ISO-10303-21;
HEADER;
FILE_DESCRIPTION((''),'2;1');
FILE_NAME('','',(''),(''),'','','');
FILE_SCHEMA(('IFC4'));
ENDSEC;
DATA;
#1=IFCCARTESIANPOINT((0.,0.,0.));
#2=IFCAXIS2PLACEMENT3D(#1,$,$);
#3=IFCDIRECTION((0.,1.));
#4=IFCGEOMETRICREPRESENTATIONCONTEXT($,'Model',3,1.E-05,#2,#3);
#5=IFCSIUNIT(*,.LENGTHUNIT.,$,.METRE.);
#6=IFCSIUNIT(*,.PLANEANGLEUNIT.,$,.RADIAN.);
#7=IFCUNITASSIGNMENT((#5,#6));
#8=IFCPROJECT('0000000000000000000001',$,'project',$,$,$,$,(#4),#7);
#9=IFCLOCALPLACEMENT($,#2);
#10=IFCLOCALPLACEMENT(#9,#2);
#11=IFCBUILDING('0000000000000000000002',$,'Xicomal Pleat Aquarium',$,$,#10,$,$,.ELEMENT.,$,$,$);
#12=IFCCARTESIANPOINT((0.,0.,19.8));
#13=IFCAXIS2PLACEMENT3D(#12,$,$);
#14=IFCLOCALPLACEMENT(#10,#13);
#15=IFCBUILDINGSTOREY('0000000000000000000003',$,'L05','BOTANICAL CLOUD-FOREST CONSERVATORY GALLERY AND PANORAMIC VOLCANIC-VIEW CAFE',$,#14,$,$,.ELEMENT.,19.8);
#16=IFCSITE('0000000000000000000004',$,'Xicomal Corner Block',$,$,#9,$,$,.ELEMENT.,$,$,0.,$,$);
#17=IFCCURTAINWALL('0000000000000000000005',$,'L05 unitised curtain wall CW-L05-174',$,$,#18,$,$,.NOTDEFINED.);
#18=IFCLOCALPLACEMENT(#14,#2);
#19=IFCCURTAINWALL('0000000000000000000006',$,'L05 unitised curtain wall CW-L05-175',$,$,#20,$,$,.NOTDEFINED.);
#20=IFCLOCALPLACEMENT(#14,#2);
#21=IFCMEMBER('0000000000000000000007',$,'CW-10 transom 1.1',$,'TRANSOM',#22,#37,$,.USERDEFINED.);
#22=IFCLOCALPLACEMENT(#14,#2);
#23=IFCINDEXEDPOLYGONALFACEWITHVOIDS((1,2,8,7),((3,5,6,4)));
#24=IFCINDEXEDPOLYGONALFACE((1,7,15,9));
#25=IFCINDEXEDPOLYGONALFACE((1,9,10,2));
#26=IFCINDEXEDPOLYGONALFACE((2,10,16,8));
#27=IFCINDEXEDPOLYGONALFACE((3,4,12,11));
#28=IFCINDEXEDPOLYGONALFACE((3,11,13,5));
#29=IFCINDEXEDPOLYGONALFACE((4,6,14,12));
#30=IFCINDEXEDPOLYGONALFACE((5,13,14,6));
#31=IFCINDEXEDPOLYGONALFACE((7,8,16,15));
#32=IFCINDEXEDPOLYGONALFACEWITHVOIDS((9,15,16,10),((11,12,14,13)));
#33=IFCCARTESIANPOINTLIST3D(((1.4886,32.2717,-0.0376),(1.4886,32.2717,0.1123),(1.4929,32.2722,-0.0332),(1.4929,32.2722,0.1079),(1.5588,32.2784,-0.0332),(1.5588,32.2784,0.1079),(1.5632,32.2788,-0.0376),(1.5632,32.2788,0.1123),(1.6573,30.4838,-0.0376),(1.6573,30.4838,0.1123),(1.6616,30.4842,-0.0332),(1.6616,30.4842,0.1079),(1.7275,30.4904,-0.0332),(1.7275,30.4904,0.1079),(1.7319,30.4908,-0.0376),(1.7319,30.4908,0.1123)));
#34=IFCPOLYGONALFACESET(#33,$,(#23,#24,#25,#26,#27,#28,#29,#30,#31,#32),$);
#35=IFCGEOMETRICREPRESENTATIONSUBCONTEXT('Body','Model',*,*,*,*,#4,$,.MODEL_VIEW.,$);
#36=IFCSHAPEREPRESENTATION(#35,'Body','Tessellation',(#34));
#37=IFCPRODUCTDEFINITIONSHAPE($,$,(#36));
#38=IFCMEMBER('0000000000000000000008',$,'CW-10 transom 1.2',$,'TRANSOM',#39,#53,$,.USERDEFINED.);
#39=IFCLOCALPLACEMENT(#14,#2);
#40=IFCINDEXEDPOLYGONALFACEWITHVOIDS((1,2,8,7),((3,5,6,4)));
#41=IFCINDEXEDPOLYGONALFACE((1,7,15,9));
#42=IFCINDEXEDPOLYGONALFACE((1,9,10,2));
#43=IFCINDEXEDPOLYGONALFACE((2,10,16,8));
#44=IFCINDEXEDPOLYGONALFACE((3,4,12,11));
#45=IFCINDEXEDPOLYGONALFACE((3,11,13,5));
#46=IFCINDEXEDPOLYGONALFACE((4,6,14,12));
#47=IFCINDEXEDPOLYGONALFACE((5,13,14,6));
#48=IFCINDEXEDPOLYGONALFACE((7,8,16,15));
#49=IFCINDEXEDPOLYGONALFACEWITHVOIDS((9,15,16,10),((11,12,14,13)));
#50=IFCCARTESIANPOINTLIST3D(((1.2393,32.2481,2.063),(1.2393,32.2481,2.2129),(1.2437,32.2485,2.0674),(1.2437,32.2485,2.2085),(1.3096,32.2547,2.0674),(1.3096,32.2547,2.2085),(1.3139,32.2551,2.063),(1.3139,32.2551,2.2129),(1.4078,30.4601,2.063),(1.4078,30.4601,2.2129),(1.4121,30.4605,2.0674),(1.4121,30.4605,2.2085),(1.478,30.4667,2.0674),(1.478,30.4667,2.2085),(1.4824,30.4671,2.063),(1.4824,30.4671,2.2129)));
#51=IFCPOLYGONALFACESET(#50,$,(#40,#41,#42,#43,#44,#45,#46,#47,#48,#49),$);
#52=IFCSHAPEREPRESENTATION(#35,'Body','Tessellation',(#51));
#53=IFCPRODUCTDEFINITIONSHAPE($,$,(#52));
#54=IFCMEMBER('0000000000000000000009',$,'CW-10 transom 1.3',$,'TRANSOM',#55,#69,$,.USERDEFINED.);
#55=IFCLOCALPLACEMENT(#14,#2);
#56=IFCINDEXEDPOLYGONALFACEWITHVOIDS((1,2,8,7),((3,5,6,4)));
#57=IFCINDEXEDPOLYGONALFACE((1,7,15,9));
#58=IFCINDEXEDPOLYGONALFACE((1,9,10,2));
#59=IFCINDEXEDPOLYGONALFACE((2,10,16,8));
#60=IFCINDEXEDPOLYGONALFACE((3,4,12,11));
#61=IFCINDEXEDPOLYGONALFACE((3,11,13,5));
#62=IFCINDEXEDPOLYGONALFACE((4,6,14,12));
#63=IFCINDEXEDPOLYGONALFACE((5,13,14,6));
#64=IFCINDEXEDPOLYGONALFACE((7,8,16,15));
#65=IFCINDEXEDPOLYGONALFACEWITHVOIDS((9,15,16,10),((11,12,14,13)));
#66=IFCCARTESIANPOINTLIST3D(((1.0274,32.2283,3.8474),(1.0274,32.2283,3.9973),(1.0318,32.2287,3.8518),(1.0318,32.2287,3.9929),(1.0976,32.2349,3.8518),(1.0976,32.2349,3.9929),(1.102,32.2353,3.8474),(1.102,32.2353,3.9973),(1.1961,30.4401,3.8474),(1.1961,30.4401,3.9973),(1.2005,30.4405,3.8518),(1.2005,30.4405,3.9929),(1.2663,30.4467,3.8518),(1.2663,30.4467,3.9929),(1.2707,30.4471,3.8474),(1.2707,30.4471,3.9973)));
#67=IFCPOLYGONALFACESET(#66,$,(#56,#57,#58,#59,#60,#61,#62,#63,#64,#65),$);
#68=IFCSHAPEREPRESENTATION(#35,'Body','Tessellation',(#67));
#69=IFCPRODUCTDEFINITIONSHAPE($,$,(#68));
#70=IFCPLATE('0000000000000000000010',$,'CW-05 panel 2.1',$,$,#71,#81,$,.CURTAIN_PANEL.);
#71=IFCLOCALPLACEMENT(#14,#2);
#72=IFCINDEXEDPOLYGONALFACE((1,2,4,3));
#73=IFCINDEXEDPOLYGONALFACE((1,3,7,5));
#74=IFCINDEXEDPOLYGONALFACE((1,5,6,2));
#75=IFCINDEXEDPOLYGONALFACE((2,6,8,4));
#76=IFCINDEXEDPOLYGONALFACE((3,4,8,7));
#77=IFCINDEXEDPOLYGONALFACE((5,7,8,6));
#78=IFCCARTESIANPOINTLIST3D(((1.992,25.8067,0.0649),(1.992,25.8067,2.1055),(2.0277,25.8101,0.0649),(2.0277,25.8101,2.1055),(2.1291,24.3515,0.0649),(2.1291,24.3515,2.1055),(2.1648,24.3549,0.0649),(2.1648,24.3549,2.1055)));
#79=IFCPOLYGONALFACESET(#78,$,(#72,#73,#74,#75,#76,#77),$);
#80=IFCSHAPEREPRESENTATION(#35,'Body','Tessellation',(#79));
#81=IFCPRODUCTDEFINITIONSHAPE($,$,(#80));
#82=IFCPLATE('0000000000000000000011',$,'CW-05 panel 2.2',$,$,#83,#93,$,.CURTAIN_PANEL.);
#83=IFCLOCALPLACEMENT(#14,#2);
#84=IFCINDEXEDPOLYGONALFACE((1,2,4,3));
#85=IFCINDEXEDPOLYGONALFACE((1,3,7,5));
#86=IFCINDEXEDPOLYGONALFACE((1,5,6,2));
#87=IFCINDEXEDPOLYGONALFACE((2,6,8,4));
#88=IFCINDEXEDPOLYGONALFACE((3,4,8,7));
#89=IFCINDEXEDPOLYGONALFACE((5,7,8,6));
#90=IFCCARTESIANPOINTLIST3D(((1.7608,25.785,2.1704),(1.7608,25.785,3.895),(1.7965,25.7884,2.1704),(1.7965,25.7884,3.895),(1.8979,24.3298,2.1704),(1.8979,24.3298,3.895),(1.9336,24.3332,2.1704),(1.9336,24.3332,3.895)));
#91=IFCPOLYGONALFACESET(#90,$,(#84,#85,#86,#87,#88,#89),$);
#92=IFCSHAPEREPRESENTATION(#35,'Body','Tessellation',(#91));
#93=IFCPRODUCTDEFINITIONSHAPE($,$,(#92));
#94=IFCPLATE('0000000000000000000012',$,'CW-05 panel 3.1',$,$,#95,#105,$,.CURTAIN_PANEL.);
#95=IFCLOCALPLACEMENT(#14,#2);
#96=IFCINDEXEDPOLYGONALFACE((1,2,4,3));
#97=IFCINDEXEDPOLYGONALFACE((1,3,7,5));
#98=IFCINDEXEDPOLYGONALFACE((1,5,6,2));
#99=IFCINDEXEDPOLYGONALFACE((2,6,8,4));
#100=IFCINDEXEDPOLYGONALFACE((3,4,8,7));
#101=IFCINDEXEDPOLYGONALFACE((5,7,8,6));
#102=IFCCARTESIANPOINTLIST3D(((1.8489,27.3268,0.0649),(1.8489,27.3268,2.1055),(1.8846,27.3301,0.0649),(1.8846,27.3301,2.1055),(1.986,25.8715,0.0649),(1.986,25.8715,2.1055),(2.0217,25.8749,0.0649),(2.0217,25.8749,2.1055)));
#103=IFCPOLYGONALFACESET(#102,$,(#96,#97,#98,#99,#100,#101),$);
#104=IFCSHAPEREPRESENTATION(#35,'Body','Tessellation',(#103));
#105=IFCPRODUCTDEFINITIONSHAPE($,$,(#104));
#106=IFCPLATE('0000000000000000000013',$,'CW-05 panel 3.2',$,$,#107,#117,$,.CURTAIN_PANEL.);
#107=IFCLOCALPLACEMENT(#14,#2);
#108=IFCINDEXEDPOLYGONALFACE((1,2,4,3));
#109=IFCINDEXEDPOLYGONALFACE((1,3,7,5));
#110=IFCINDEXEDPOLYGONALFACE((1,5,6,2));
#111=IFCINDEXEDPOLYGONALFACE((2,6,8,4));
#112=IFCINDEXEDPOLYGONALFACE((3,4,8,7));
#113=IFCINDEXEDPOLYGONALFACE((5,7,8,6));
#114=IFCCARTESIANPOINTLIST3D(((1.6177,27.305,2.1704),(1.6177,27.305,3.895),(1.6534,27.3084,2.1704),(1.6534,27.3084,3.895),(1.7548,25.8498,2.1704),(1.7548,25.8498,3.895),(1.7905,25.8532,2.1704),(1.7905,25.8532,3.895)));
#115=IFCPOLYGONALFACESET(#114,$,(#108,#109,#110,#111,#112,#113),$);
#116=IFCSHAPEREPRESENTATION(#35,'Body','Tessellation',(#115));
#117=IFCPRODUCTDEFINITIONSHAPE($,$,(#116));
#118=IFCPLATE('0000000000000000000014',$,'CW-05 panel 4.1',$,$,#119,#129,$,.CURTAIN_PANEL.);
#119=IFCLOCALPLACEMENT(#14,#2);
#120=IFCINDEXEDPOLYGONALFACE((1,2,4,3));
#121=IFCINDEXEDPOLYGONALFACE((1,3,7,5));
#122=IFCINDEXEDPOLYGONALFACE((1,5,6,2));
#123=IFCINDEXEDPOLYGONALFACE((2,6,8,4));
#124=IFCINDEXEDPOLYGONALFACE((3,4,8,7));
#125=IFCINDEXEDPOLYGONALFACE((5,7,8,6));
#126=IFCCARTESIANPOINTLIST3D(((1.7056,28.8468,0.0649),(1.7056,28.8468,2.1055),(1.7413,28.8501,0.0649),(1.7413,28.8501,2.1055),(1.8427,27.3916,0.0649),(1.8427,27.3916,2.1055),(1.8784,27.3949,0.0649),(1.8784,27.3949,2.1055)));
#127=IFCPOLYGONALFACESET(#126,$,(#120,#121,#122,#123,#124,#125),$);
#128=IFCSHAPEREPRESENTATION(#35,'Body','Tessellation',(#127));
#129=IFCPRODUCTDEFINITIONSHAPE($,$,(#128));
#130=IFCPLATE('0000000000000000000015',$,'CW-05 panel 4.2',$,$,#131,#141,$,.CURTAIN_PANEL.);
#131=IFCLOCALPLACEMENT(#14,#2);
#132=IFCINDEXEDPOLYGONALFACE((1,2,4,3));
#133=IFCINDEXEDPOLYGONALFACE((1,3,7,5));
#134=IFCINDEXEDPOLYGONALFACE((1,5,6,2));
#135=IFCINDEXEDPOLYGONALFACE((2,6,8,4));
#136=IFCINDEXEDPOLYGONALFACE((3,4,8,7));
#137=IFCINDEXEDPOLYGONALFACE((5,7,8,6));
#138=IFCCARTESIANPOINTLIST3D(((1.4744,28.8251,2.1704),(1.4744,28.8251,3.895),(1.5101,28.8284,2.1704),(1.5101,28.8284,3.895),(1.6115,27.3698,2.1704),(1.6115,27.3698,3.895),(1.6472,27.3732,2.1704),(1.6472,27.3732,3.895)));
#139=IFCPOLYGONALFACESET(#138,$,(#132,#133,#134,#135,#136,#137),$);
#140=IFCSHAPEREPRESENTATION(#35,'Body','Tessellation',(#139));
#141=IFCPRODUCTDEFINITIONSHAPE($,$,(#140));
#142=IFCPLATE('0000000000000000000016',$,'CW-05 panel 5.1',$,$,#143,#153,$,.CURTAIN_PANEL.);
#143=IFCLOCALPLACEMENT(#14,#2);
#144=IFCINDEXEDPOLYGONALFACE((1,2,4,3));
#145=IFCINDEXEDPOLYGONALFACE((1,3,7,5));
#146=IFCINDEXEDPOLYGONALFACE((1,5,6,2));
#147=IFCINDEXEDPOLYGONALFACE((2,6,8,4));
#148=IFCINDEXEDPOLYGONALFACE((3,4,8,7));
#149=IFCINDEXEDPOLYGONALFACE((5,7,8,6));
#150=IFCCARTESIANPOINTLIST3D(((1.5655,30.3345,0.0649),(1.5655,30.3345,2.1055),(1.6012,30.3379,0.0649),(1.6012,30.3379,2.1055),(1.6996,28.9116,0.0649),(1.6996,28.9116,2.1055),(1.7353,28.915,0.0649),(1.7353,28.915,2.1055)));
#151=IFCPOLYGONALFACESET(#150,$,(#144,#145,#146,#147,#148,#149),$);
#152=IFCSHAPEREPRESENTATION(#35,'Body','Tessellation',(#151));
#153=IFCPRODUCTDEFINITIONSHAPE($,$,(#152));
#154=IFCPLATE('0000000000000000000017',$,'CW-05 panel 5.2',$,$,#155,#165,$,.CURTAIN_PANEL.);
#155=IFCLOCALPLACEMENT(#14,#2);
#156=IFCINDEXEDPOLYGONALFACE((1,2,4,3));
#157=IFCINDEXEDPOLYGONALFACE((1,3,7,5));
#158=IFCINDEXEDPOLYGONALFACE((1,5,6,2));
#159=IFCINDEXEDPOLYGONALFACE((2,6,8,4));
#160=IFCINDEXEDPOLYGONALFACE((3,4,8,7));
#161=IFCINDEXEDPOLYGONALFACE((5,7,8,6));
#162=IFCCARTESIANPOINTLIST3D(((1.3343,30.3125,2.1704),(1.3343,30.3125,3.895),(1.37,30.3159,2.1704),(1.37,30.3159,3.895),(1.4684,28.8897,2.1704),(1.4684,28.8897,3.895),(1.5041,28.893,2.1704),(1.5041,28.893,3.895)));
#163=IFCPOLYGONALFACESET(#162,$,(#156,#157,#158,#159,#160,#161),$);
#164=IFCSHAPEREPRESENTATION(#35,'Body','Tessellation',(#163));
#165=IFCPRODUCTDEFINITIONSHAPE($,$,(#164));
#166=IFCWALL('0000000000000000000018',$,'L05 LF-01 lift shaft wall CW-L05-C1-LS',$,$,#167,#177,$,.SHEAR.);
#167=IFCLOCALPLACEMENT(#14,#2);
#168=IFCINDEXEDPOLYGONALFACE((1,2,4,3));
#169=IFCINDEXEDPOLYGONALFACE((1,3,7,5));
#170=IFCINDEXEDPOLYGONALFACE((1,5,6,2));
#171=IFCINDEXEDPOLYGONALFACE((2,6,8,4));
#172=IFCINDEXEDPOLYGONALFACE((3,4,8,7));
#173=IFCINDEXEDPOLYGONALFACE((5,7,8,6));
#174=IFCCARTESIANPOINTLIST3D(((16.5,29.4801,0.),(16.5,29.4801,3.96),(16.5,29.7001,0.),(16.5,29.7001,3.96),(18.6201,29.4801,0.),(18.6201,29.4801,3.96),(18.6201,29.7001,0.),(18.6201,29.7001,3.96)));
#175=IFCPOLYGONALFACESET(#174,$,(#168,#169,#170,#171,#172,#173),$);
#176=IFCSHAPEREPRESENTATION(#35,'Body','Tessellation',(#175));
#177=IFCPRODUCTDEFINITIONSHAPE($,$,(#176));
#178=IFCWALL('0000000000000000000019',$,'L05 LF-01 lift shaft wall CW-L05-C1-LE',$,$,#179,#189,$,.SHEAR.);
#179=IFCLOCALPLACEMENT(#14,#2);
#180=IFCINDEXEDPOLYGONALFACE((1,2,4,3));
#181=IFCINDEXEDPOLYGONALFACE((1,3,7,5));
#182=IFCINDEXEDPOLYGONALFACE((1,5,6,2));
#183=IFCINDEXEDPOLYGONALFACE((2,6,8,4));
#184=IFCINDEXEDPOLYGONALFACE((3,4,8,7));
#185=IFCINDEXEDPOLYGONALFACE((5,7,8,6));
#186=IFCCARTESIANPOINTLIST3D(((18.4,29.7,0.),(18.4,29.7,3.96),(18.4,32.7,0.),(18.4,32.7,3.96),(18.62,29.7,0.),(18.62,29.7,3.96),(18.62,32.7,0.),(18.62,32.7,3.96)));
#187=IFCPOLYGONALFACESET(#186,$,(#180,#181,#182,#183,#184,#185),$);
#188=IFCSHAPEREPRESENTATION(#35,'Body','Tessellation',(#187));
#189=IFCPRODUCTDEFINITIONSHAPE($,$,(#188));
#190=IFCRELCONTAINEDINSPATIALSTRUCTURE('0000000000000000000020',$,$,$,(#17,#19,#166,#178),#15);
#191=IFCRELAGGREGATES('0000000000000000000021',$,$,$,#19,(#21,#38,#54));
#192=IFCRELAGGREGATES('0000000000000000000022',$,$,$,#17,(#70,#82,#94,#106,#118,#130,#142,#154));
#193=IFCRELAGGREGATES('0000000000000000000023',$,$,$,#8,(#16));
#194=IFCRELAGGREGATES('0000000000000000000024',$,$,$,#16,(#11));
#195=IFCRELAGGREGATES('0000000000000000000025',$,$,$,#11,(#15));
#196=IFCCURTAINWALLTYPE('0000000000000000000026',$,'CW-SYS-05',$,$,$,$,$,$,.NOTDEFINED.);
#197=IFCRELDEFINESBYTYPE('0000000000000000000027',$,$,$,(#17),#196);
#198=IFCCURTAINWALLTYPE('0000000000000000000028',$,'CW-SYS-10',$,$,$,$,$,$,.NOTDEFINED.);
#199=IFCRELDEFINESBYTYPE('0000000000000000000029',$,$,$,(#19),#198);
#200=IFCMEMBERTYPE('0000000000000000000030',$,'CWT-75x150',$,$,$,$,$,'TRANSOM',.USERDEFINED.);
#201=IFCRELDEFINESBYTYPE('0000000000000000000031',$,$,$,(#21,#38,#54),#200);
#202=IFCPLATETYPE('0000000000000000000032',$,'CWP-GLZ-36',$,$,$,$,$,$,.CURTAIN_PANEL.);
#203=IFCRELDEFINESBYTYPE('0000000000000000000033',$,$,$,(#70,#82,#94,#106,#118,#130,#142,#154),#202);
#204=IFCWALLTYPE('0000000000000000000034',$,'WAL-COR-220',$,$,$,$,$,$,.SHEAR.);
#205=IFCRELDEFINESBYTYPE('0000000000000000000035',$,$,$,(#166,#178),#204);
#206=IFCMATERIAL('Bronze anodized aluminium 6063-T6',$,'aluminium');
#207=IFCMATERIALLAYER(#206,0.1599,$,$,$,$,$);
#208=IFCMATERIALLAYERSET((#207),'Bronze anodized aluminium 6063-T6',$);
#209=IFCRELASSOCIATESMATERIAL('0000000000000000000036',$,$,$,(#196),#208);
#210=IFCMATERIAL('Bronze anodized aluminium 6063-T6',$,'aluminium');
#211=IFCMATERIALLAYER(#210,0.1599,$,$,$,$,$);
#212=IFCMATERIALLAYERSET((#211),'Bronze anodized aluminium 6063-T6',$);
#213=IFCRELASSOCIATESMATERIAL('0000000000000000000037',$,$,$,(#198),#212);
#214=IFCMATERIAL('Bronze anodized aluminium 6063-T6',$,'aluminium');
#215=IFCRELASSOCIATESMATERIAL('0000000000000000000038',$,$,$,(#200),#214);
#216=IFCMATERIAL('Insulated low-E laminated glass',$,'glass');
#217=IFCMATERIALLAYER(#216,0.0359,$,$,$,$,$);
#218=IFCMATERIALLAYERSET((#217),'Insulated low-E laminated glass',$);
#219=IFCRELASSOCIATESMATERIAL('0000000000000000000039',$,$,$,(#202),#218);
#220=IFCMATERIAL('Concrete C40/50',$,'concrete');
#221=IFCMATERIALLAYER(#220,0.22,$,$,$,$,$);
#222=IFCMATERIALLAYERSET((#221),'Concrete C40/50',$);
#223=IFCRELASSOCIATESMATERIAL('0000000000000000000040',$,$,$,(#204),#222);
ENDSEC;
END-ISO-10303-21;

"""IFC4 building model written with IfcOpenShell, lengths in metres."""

from ifc_helpers import new_model, si_unit, direction, frame, frame_2d, origin, origin_2d, place, context, subcontext, project, spatial, rectangle, hollow_rectangle, extrude, material, layer, layer_set, material_profile, profile_set, type_object, element, aggregate, save


model = new_model("IFC4")

# Units and contexts
model_context = context("Model", 3, precision=1e-05, world=origin(), true_north=direction((0.0, 1.0)))
body_context = subcontext(model_context, "Body", "Model", "MODEL_VIEW")
ifc_project = project(units=[si_unit("LENGTHUNIT", "METRE"), si_unit("PLANEANGLEUNIT", "RADIAN")], contexts=[model_context])

# Site, building, storey
site_placement = place(None, origin())
site = spatial("IfcSite", under=ifc_project, at=site_placement, Name="Xicomal Corner Block", CompositionType="ELEMENT", RefElevation=0.0)
building_placement = place(site_placement, origin())
building = spatial("IfcBuilding", under=site, at=building_placement, Name="Xicomal Pleat Aquarium", CompositionType="ELEMENT")
storey_placement = place(building_placement, frame((0.0, 0.0, 19.8)))
storey = spatial("IfcBuildingStorey", under=building, at=storey_placement, Name="L05", Description="BOTANICAL CLOUD-FOREST CONSERVATORY GALLERY AND PANORAMIC VOLCANIC-VIEW CAFE", CompositionType="ELEMENT", Elevation=19.8)

# Curtain walls, members
ifc_material_1 = material(Name="Bronze anodized aluminium 6063-T6", Category="aluminium")
ifc_layer_1 = layer(ifc_material_1, 0.1599)
ifc_layer_set_1 = layer_set([ifc_layer_1], Name="Bronze anodized aluminium 6063-T6")
curtain_wall_type_1 = type_object("IfcCurtainWallType", Name="CW-SYS-05", PredefinedType="NOTDEFINED", material=ifc_layer_set_1)
curtain_wall_1_placement = place(storey_placement, origin())
curtain_wall_1 = element("IfcCurtainWall", 1, at=curtain_wall_1_placement, inside=storey, type_object=curtain_wall_type_1, Name="L05 unitised curtain wall CW-L05-174", PredefinedType="NOTDEFINED")
ifc_material_2 = material(Name="Bronze anodized aluminium 6063-T6", Category="aluminium")
ifc_layer_2 = layer(ifc_material_2, 0.1599)
ifc_layer_set_2 = layer_set([ifc_layer_2], Name="Bronze anodized aluminium 6063-T6")
curtain_wall_type_2 = type_object("IfcCurtainWallType", Name="CW-SYS-10", PredefinedType="NOTDEFINED", material=ifc_layer_set_2)
curtain_wall_2_placement = place(storey_placement, origin())
curtain_wall_2 = element("IfcCurtainWall", 2, at=curtain_wall_2_placement, inside=storey, type_object=curtain_wall_type_2, Name="L05 unitised curtain wall CW-L05-175", PredefinedType="NOTDEFINED")
ifc_material_3 = material(Name="Bronze anodized aluminium 6063-T6", Category="aluminium")
ifc_material_profile_1 = material_profile(ifc_material_3, hollow_rectangle(XDim=0.075, YDim=0.1499, WallThickness=0.0044, at=origin_2d()), Name="ALU TRAN 75x150")
ifc_profile_set_1 = profile_set([ifc_material_profile_1], Name="Bronze anodized aluminium 6063-T6")
member_type_1 = type_object("IfcMemberType", Name="CWT-75x150", ElementType="TRANSOM", PredefinedType="USERDEFINED", material=ifc_profile_set_1)
member_1_placement = place(storey_placement, frame((1.6946, 30.4873, 0.0374), z_axis=(-0.093943, 0.995578, 0.0), x_axis=(-0.995578, -0.093943, 0.0)))
member_1 = element("IfcMember", 3, at=member_1_placement, type_object=member_type_1, Name="CW-10 transom 1.1", ObjectType="TRANSOM", PredefinedType="USERDEFINED", context=body_context, shape_type="SweptSolid", body=[
    extrude(hollow_rectangle(XDim=0.075, YDim=0.1499, WallThickness=0.0044, at=origin_2d()), origin(), (0.0, 0.0, 1.0), 1.7959),
])
member_2_placement = place(storey_placement, frame((1.4451, 30.4636, 2.1379), z_axis=(-0.093795, 0.995591, 0.0), x_axis=(-0.995591, -0.093795, 0.0)))
member_2 = element("IfcMember", 4, at=member_2_placement, type_object=member_type_1, Name="CW-10 transom 1.2", ObjectType="TRANSOM", PredefinedType="USERDEFINED", context=body_context, shape_type="SweptSolid", body=[
    extrude(hollow_rectangle(XDim=0.075, YDim=0.1499, WallThickness=0.0044, at=origin_2d()), origin(), (0.0, 0.0, 1.0), 1.7959),
])
member_3_placement = place(storey_placement, frame((1.2334, 30.4436, 3.9224), z_axis=(-0.09393, 0.995579, 0.0), x_axis=(-0.995579, -0.09393, 0.0)))
member_3 = element("IfcMember", 5, at=member_3_placement, type_object=member_type_1, Name="CW-10 transom 1.3", ObjectType="TRANSOM", PredefinedType="USERDEFINED", context=body_context, shape_type="SweptSolid", body=[
    extrude(hollow_rectangle(XDim=0.075, YDim=0.1499, WallThickness=0.0044, at=origin_2d()), origin(), (0.0, 0.0, 1.0), 1.7961),
])
aggregate(curtain_wall_2, [member_1, member_2, member_3])

# Plates
ifc_material_4 = material(Name="Insulated low-E laminated glass", Category="glass")
ifc_layer_3 = layer(ifc_material_4, 0.0359)
ifc_layer_set_3 = layer_set([ifc_layer_3], Name="Insulated low-E laminated glass")
plate_type = type_object("IfcPlateType", Name="CWP-GLZ-36", PredefinedType="CURTAIN_PANEL", material=ifc_layer_set_3)
plate_1_placement = place(storey_placement, frame((2.0784, 25.0808, 0.0649), z_axis=(0.0, 0.0, 1.0), x_axis=(-0.093795, 0.995592, 0.0)))
plate_1 = element("IfcPlate", 6, at=plate_1_placement, type_object=plate_type, Name="CW-05 panel 2.1", PredefinedType="CURTAIN_PANEL", context=body_context, shape_type="SweptSolid", body=[
    extrude(rectangle(XDim=1.4617, YDim=0.0359, at=origin_2d()), origin(), (0.0, 0.0, 1.0), 2.0405),
])
plate_2_placement = place(storey_placement, frame((1.8472, 25.0591, 2.1704), z_axis=(0.0, 0.0, 1.0), x_axis=(-0.093795, 0.995592, 0.0)))
plate_2 = element("IfcPlate", 7, at=plate_2_placement, type_object=plate_type, Name="CW-05 panel 2.2", PredefinedType="CURTAIN_PANEL", context=body_context, shape_type="SweptSolid", body=[
    extrude(rectangle(XDim=1.4617, YDim=0.0359, at=origin_2d()), origin(), (0.0, 0.0, 1.0), 1.7246),
])
plate_3_placement = place(storey_placement, frame((1.9353, 26.6008, 0.0649), z_axis=(0.0, 0.0, 1.0), x_axis=(-0.093795, 0.995592, 0.0)))
plate_3 = element("IfcPlate", 8, at=plate_3_placement, type_object=plate_type, Name="CW-05 panel 3.1", PredefinedType="CURTAIN_PANEL", context=body_context, shape_type="SweptSolid", body=[
    extrude(rectangle(XDim=1.4617, YDim=0.0359, at=origin_2d()), origin(), (0.0, 0.0, 1.0), 2.0405),
])
plate_4_placement = place(storey_placement, frame((1.7041, 26.5791, 2.1704), z_axis=(0.0, 0.0, 1.0), x_axis=(-0.093795, 0.995592, 0.0)))
plate_4 = element("IfcPlate", 9, at=plate_4_placement, type_object=plate_type, Name="CW-05 panel 3.2", PredefinedType="CURTAIN_PANEL", context=body_context, shape_type="SweptSolid", body=[
    extrude(rectangle(XDim=1.4617, YDim=0.0359, at=origin_2d()), origin(), (0.0, 0.0, 1.0), 1.7246),
])
plate_5_placement = place(storey_placement, frame((1.792, 28.1208, 0.0649), z_axis=(0.0, 0.0, 1.0), x_axis=(-0.093795, 0.995592, 0.0)))
plate_5 = element("IfcPlate", 10, at=plate_5_placement, type_object=plate_type, Name="CW-05 panel 4.1", PredefinedType="CURTAIN_PANEL", context=body_context, shape_type="SweptSolid", body=[
    extrude(rectangle(XDim=1.4617, YDim=0.0359, at=origin_2d()), origin(), (0.0, 0.0, 1.0), 2.0405),
])
plate_6_placement = place(storey_placement, frame((1.5608, 28.0991, 2.1704), z_axis=(0.0, 0.0, 1.0), x_axis=(-0.093795, 0.995592, 0.0)))
plate_6 = element("IfcPlate", 11, at=plate_6_placement, type_object=plate_type, Name="CW-05 panel 4.2", PredefinedType="CURTAIN_PANEL", context=body_context, shape_type="SweptSolid", body=[
    extrude(rectangle(XDim=1.4617, YDim=0.0359, at=origin_2d()), origin(), (0.0, 0.0, 1.0), 1.7246),
])
plate_7_placement = place(storey_placement, frame((1.6504, 29.6248, 0.0649), z_axis=(0.0, 0.0, 1.0), x_axis=(-0.093795, 0.995592, 0.0)))
plate_7 = element("IfcPlate", 12, at=plate_7_placement, type_object=plate_type, Name="CW-05 panel 5.1", PredefinedType="CURTAIN_PANEL", context=body_context, shape_type="SweptSolid", body=[
    extrude(rectangle(XDim=1.4292, YDim=0.0359, at=origin_2d()), origin(), (0.0, 0.0, 1.0), 2.0405),
])
plate_8_placement = place(storey_placement, frame((1.4192, 29.6028, 2.1704), z_axis=(0.0, 0.0, 1.0), x_axis=(-0.093795, 0.995592, 0.0)))
plate_8 = element("IfcPlate", 13, at=plate_8_placement, type_object=plate_type, Name="CW-05 panel 5.2", PredefinedType="CURTAIN_PANEL", context=body_context, shape_type="SweptSolid", body=[
    extrude(rectangle(XDim=1.4292, YDim=0.0359, at=origin_2d()), origin(), (0.0, 0.0, 1.0), 1.7246),
])
aggregate(curtain_wall_1, [plate_1, plate_2, plate_3, plate_4, plate_5, plate_6, plate_7, plate_8])

# Walls
ifc_material_5 = material(Name="Concrete C40/50", Category="concrete")
ifc_layer_4 = layer(ifc_material_5, 0.22)
ifc_layer_set_4 = layer_set([ifc_layer_4], Name="Concrete C40/50")
wall_type_1 = type_object("IfcWallType", Name="WAL-COR-220", PredefinedType="SHEAR", material=ifc_layer_set_4)
wall_1_placement = place(storey_placement, frame((16.5, 29.5901, 0.0), z_axis=(0.0, 0.0, 1.0), x_axis=(1.0, 0.0, 0.0)))
element("IfcWall", 14, at=wall_1_placement, inside=storey, type_object=wall_type_1, Name="L05 LF-01 lift shaft wall CW-L05-C1-LS", PredefinedType="SHEAR", context=body_context, shape_type="SweptSolid", body=[
    extrude(rectangle(XDim=2.1201, YDim=0.22, at=frame_2d((1.0601, 0.0))), origin(), (0.0, 0.0, 1.0), 3.96),
])
wall_2_placement = place(storey_placement, frame((18.51, 29.7, 0.0), z_axis=(0.0, 0.0, 1.0), x_axis=(0.0, 1.0, 0.0)))
element("IfcWall", 15, at=wall_2_placement, inside=storey, type_object=wall_type_1, Name="L05 LF-01 lift shaft wall CW-L05-C1-LE", PredefinedType="SHEAR", context=body_context, shape_type="SweptSolid", body=[
    extrude(rectangle(XDim=3.0, YDim=0.22, at=frame_2d((1.5, 0.0))), origin(), (0.0, 0.0, 1.0), 3.96),
])

save(model, "model.ifc")
